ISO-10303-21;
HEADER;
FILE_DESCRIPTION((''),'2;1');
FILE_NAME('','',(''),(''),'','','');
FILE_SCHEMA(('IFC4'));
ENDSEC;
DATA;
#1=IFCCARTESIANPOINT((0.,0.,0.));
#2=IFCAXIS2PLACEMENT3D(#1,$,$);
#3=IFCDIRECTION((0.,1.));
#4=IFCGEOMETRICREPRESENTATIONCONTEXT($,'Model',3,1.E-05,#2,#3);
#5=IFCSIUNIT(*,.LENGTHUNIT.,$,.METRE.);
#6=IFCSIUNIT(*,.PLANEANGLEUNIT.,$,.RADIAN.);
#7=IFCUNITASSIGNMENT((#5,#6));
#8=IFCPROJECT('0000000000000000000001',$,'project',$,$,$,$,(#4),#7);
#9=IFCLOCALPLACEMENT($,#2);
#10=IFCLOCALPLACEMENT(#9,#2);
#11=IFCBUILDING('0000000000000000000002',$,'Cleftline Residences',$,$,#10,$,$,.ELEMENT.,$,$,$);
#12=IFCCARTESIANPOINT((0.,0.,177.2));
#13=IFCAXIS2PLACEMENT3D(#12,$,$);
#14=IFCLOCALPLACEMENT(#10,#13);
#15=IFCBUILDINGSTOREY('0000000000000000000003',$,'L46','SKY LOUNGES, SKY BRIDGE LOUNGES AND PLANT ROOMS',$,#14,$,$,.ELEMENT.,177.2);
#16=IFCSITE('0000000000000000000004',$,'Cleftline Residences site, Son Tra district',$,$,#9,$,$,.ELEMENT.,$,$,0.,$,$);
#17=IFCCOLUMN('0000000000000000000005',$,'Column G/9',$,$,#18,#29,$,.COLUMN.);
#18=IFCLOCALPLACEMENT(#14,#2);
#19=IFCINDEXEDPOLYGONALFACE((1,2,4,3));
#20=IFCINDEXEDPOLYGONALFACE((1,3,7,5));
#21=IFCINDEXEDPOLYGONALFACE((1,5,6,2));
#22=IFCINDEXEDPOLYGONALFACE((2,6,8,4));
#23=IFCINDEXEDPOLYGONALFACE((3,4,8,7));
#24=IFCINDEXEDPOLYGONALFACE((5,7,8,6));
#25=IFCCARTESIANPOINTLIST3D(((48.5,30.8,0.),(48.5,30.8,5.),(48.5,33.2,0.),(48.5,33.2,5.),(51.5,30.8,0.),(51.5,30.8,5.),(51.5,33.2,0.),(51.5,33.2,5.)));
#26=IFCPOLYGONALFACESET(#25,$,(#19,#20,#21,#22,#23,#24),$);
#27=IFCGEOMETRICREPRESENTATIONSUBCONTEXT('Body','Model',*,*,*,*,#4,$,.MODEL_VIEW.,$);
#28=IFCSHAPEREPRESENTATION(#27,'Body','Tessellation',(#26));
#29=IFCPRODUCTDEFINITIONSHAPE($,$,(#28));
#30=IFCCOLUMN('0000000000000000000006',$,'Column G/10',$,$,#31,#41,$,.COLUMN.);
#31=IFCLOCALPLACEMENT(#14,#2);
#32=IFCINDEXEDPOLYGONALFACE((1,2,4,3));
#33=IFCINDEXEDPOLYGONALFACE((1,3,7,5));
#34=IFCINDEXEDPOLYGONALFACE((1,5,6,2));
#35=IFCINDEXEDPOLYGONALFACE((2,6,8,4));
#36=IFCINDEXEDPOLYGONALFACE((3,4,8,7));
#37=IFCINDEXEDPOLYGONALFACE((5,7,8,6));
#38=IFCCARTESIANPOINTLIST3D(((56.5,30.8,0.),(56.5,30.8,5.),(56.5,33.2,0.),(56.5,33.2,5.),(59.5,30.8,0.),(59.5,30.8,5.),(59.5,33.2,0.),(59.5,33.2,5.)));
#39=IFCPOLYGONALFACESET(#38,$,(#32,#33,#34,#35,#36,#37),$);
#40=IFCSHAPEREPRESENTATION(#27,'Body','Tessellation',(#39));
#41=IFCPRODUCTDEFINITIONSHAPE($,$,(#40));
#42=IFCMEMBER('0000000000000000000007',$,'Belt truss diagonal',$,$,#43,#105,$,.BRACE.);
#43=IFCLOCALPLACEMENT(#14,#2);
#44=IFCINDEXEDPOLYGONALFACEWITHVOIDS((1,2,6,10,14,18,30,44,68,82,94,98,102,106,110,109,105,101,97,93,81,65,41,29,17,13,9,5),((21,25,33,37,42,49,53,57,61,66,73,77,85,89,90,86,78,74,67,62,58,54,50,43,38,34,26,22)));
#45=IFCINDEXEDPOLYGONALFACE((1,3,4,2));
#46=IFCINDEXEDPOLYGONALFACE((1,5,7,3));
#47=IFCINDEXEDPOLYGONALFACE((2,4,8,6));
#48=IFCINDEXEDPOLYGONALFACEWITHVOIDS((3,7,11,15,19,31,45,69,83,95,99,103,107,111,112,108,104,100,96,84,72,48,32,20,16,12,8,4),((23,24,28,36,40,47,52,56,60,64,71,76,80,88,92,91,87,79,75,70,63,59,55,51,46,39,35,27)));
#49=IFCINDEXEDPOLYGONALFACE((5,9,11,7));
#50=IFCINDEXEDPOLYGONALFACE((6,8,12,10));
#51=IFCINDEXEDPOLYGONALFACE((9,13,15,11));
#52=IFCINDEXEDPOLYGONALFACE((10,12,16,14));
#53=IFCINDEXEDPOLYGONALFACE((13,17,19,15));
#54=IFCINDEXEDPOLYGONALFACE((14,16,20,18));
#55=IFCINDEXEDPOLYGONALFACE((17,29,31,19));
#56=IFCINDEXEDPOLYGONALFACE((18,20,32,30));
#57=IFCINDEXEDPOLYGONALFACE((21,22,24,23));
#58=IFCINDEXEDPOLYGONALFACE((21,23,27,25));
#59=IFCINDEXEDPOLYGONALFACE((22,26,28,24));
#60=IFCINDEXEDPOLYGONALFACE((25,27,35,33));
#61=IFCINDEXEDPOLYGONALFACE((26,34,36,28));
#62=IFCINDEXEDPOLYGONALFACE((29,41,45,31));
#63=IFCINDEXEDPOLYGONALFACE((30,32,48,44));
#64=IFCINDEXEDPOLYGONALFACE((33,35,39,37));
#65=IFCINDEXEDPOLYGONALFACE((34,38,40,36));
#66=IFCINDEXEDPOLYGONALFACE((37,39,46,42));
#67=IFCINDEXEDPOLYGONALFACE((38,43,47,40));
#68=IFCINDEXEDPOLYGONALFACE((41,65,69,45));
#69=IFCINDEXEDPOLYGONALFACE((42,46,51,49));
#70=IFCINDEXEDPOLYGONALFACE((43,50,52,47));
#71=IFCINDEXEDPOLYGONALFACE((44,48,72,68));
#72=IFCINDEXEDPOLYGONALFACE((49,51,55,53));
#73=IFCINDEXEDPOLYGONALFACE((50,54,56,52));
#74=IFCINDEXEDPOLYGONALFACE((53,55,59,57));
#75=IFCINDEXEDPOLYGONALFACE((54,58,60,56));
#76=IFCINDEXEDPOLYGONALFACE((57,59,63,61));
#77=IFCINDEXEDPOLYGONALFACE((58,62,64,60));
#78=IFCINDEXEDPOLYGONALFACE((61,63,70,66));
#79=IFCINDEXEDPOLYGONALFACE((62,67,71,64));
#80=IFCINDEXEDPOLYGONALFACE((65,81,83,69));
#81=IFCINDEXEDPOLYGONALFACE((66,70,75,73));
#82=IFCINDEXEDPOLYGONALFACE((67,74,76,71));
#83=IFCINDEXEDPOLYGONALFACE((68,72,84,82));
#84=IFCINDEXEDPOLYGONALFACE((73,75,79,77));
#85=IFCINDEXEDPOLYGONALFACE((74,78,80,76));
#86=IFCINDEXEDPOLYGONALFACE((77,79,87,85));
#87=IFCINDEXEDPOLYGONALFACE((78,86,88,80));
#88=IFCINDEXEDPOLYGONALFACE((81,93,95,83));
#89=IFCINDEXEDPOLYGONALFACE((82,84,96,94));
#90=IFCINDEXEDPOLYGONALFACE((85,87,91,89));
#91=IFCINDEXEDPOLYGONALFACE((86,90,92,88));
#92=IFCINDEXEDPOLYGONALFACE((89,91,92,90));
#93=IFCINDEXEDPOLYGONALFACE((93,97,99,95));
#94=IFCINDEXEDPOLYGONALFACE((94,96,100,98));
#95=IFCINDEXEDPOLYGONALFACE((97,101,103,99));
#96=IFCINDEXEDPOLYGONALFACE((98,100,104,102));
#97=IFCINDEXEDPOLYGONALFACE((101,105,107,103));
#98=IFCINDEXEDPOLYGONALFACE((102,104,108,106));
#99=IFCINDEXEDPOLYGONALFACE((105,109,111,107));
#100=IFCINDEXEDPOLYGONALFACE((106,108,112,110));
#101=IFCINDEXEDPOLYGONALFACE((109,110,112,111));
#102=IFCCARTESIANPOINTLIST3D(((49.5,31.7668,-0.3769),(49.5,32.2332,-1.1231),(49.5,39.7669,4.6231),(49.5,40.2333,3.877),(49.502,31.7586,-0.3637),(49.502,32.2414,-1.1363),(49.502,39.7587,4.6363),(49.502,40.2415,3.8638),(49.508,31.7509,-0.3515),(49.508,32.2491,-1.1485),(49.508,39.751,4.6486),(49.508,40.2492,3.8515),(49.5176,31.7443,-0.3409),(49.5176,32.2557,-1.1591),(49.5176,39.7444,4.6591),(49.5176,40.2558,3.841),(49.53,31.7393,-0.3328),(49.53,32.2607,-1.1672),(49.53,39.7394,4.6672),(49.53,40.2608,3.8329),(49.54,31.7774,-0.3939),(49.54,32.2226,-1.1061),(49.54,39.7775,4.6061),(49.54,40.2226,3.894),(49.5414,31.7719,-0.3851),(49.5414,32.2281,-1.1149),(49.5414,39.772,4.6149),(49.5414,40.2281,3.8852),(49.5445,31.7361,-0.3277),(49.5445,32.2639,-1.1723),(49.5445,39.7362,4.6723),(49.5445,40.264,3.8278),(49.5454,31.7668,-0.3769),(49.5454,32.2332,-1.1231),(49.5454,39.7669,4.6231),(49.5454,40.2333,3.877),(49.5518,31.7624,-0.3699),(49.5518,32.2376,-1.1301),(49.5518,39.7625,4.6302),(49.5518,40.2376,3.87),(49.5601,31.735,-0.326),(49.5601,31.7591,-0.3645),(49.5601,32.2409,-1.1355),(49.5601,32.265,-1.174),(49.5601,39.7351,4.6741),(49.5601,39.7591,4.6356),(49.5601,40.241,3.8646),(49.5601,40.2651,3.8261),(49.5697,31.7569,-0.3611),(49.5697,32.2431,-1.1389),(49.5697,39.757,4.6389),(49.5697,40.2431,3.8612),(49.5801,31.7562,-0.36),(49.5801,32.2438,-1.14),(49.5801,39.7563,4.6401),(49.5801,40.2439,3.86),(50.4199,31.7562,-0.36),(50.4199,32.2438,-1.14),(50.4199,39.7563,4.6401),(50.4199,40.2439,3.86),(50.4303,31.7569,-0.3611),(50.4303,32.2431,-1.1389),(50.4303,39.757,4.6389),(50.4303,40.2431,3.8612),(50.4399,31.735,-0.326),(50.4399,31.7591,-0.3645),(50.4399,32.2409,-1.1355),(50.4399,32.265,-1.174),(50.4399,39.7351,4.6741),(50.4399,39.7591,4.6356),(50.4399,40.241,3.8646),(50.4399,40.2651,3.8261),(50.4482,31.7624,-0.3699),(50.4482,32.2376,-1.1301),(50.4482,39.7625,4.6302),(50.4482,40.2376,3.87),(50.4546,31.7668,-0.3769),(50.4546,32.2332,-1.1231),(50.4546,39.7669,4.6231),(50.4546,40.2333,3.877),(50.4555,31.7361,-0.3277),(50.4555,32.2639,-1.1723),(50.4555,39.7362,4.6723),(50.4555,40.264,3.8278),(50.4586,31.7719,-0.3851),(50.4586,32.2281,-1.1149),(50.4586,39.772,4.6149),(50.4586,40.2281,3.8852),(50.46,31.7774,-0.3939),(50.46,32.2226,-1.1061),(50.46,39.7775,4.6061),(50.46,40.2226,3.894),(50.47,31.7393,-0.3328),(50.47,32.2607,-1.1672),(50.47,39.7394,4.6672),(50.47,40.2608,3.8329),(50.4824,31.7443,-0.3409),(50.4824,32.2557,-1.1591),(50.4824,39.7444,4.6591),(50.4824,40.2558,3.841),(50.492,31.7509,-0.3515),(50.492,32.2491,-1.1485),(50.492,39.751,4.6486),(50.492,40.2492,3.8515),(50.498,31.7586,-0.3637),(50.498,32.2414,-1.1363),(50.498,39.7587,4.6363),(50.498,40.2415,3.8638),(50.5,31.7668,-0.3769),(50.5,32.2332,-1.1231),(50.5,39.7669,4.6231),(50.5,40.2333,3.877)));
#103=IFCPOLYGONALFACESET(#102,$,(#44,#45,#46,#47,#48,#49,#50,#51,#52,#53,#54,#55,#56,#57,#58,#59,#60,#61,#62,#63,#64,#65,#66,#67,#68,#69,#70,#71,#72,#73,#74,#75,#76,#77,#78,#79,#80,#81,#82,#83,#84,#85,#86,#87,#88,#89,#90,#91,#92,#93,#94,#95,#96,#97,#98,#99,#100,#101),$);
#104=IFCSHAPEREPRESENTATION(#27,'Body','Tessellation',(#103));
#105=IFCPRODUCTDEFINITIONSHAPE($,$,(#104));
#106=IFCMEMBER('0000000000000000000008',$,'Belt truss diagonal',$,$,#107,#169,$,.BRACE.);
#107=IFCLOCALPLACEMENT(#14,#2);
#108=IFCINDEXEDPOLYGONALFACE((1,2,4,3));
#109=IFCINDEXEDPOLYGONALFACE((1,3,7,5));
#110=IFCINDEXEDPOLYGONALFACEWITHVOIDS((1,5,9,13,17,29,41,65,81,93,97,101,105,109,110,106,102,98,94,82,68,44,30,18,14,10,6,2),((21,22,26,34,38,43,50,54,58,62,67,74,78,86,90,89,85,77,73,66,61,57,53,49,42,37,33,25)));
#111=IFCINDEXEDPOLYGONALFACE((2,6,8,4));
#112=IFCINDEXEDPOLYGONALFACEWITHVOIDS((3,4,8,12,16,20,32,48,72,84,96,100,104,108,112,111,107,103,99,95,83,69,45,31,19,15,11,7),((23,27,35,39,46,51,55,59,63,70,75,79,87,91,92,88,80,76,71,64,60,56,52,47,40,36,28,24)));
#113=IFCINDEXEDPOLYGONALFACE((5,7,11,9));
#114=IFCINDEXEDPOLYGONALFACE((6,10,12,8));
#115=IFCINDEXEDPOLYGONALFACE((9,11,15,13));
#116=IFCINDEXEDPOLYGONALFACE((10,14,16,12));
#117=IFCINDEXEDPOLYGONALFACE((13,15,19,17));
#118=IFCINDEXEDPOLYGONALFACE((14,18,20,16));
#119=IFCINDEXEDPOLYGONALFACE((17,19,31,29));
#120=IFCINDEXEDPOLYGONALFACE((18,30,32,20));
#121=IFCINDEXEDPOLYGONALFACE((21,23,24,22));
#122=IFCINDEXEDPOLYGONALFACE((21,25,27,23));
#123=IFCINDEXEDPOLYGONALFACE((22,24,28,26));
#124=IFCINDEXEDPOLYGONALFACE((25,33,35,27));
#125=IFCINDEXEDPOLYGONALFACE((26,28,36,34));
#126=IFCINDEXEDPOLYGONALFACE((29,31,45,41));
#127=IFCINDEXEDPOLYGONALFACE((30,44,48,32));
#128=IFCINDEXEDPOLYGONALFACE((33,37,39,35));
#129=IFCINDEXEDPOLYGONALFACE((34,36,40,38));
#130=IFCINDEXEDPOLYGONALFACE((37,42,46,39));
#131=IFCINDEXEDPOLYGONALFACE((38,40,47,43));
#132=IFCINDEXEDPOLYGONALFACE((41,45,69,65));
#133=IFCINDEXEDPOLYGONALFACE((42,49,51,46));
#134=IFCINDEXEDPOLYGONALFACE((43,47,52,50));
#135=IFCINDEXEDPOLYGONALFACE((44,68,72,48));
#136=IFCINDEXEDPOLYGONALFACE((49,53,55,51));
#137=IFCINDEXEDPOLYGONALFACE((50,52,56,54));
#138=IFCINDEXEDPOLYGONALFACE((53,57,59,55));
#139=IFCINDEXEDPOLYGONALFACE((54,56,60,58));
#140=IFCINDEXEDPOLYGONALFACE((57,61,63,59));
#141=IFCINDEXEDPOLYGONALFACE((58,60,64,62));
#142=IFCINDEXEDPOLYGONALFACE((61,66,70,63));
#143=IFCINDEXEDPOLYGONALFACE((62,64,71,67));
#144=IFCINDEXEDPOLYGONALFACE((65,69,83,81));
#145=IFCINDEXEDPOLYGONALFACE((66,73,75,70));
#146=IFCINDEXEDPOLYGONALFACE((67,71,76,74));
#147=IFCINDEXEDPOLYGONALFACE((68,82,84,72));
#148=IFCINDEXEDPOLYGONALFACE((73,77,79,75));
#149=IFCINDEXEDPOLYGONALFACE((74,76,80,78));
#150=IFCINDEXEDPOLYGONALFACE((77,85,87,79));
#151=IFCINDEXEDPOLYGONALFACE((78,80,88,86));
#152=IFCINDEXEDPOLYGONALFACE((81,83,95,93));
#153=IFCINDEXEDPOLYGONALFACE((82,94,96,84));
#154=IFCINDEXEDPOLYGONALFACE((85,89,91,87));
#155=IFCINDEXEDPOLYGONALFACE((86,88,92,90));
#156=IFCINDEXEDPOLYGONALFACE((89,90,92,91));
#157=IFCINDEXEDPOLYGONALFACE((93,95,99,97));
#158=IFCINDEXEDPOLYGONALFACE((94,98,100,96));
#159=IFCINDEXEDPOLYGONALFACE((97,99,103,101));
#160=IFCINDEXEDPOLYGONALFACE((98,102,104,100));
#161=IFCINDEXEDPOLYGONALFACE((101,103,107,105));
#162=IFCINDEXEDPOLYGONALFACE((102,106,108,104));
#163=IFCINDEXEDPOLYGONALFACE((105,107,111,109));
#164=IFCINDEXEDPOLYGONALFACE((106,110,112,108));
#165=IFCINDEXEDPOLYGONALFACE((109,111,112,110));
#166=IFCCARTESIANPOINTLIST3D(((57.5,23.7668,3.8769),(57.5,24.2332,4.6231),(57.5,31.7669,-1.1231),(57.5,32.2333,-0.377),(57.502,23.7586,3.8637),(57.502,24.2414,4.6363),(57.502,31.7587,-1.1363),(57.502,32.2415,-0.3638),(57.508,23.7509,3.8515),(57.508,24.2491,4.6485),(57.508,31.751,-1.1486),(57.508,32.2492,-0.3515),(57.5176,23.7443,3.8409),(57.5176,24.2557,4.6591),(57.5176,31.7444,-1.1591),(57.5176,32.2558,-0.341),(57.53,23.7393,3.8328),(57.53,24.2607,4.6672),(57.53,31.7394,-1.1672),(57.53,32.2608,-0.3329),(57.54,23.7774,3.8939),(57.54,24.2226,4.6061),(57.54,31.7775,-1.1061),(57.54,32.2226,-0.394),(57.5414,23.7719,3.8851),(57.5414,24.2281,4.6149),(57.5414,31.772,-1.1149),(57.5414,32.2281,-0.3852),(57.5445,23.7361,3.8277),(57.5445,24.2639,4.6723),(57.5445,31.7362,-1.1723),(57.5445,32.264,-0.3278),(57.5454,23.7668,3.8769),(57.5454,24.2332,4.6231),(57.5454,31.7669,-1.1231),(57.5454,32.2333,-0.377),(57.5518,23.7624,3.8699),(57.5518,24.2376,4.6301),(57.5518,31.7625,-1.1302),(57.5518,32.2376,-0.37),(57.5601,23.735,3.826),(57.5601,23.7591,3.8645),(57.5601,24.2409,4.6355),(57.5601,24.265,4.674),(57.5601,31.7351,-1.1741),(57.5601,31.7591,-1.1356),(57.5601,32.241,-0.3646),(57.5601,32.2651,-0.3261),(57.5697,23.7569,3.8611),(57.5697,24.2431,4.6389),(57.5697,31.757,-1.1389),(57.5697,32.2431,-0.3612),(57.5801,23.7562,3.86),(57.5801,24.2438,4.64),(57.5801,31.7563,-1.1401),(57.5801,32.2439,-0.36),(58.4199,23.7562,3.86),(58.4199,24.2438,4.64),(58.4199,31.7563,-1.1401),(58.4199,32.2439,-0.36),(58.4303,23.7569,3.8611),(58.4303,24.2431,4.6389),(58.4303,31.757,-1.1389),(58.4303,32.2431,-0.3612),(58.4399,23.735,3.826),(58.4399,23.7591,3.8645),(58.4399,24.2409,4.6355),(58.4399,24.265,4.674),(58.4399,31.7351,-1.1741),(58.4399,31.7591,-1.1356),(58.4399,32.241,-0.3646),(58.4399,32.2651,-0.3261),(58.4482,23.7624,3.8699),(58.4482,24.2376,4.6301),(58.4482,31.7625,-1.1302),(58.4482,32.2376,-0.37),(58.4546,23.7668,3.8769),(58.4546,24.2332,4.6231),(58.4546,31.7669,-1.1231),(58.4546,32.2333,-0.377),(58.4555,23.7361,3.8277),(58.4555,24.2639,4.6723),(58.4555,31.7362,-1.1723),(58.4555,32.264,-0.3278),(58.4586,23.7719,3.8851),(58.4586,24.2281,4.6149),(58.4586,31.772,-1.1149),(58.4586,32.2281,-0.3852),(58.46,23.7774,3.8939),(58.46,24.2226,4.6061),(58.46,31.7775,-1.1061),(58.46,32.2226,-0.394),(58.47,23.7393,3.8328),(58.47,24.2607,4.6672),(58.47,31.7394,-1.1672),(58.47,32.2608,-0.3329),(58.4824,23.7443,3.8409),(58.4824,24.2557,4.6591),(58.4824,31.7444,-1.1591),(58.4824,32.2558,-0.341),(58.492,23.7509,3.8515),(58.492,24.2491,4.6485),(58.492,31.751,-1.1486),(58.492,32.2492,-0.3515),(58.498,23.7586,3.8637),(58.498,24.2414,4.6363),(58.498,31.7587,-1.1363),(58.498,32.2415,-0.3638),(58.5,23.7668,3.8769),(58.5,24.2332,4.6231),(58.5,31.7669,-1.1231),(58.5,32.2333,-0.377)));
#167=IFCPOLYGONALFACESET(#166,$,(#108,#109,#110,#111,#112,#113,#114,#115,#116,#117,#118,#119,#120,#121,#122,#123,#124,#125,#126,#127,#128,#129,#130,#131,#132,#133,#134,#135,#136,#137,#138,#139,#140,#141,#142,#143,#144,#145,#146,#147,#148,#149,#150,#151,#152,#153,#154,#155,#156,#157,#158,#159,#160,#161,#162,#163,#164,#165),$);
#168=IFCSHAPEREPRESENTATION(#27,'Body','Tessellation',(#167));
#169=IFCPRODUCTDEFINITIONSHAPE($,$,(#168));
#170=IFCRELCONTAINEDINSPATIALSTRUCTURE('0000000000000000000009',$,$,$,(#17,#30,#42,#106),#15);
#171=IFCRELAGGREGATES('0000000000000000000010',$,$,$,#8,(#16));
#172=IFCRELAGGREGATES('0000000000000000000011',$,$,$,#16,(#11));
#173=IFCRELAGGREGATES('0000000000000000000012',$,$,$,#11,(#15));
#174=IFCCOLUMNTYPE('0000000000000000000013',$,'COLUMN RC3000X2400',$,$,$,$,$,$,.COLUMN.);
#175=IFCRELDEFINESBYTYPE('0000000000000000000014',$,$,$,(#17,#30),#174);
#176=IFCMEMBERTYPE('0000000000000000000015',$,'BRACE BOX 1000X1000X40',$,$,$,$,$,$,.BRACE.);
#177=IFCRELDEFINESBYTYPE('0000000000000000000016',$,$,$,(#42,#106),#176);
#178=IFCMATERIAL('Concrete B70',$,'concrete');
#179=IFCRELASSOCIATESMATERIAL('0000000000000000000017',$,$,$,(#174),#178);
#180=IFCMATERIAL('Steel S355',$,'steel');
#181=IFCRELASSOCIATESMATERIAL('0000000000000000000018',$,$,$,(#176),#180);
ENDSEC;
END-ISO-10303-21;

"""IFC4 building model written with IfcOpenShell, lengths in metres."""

from ifc_helpers import new_model, si_unit, direction, frame, origin, origin_2d, place, context, subcontext, project, spatial, rectangle, hollow_rectangle, extrude, material, material_profile, profile_set, type_object, element, save


model = new_model("IFC4")

# Units and contexts
model_context = context("Model", 3, precision=1e-05, world=origin(), true_north=direction((0.0, 1.0)))
body_context = subcontext(model_context, "Body", "Model", "MODEL_VIEW")
ifc_project = project(units=[si_unit("LENGTHUNIT", "METRE"), si_unit("PLANEANGLEUNIT", "RADIAN")], contexts=[model_context])

# Site, building, storey
site_placement = place(None, origin())
site = spatial("IfcSite", under=ifc_project, at=site_placement, Name="Cleftline Residences site, Son Tra district", CompositionType="ELEMENT", RefElevation=0.0)
building_placement = place(site_placement, origin())
building = spatial("IfcBuilding", under=site, at=building_placement, Name="Cleftline Residences", CompositionType="ELEMENT")
storey_placement = place(building_placement, frame((0.0, 0.0, 177.2)))
storey = spatial("IfcBuildingStorey", under=building, at=storey_placement, Name="L46", Description="SKY LOUNGES, SKY BRIDGE LOUNGES AND PLANT ROOMS", CompositionType="ELEMENT", Elevation=177.2)

# Columns
ifc_material_1 = material(Name="Concrete B70", Category="concrete")
ifc_material_profile_1 = material_profile(ifc_material_1, rectangle(XDim=3.0, YDim=2.3999, at=origin_2d()))
ifc_profile_set_1 = profile_set([ifc_material_profile_1], Name="Concrete B70")
column_type = type_object("IfcColumnType", Name="COLUMN RC3000X2400", PredefinedType="COLUMN", material=ifc_profile_set_1)
for number, where, z_axis, x_axis, name in (
    (1, (50.0, 32.0, 0.0), (0.0, 0.0, 1.0), (1.0, 0.0, 0.0), "Column G/9"),
    (2, (58.0, 32.0, 0.0), (0.0, 0.0, 1.0), (1.0, 0.0, 0.0), "Column G/10"),
):
    element("IfcColumn", number, at=place(storey_placement, frame(where, z_axis=z_axis, x_axis=x_axis)), inside=storey, type_object=column_type, Name=name, PredefinedType="COLUMN", context=body_context, shape_type="SweptSolid", body=[
        extrude(rectangle(XDim=3.0, YDim=2.3999, at=origin_2d()), origin(), (0.0, 0.0, 1.0), 5.0),
    ])

# Members
ifc_material_2 = material(Name="Steel S355", Category="steel")
ifc_material_profile_2 = material_profile(ifc_material_2, hollow_rectangle(XDim=1.0, YDim=1.0, WallThickness=0.04, InnerFilletRadius=0.04, OuterFilletRadius=0.0601, at=origin_2d()))
ifc_profile_set_2 = profile_set([ifc_material_profile_2], Name="Steel S355")
member_type_1 = type_object("IfcMemberType", Name="BRACE BOX 1000X1000X40", PredefinedType="BRACE", material=ifc_profile_set_2)
for number, where, z_axis, x_axis, name in (
    (3, (50.0, 32.0, -0.75), (0.0, 0.847998, 0.529999), (0.0, -0.529999, 0.847998), "Belt truss diagonal"),
    (4, (58.0, 24.0, 4.25), (0.0, 0.847998, -0.529999), (0.0, 0.529999, 0.847998), "Belt truss diagonal"),
):
    element("IfcMember", number, at=place(storey_placement, frame(where, z_axis=z_axis, x_axis=x_axis)), inside=storey, type_object=member_type_1, Name=name, PredefinedType="BRACE", context=body_context, shape_type="SweptSolid", body=[
        extrude(hollow_rectangle(XDim=1.0, YDim=1.0, WallThickness=0.04, InnerFilletRadius=0.04, OuterFilletRadius=0.0601, at=origin_2d()), origin(), (0.0, 0.0, 1.0), 9.4341),
    ])

save(model, "model.ifc")
